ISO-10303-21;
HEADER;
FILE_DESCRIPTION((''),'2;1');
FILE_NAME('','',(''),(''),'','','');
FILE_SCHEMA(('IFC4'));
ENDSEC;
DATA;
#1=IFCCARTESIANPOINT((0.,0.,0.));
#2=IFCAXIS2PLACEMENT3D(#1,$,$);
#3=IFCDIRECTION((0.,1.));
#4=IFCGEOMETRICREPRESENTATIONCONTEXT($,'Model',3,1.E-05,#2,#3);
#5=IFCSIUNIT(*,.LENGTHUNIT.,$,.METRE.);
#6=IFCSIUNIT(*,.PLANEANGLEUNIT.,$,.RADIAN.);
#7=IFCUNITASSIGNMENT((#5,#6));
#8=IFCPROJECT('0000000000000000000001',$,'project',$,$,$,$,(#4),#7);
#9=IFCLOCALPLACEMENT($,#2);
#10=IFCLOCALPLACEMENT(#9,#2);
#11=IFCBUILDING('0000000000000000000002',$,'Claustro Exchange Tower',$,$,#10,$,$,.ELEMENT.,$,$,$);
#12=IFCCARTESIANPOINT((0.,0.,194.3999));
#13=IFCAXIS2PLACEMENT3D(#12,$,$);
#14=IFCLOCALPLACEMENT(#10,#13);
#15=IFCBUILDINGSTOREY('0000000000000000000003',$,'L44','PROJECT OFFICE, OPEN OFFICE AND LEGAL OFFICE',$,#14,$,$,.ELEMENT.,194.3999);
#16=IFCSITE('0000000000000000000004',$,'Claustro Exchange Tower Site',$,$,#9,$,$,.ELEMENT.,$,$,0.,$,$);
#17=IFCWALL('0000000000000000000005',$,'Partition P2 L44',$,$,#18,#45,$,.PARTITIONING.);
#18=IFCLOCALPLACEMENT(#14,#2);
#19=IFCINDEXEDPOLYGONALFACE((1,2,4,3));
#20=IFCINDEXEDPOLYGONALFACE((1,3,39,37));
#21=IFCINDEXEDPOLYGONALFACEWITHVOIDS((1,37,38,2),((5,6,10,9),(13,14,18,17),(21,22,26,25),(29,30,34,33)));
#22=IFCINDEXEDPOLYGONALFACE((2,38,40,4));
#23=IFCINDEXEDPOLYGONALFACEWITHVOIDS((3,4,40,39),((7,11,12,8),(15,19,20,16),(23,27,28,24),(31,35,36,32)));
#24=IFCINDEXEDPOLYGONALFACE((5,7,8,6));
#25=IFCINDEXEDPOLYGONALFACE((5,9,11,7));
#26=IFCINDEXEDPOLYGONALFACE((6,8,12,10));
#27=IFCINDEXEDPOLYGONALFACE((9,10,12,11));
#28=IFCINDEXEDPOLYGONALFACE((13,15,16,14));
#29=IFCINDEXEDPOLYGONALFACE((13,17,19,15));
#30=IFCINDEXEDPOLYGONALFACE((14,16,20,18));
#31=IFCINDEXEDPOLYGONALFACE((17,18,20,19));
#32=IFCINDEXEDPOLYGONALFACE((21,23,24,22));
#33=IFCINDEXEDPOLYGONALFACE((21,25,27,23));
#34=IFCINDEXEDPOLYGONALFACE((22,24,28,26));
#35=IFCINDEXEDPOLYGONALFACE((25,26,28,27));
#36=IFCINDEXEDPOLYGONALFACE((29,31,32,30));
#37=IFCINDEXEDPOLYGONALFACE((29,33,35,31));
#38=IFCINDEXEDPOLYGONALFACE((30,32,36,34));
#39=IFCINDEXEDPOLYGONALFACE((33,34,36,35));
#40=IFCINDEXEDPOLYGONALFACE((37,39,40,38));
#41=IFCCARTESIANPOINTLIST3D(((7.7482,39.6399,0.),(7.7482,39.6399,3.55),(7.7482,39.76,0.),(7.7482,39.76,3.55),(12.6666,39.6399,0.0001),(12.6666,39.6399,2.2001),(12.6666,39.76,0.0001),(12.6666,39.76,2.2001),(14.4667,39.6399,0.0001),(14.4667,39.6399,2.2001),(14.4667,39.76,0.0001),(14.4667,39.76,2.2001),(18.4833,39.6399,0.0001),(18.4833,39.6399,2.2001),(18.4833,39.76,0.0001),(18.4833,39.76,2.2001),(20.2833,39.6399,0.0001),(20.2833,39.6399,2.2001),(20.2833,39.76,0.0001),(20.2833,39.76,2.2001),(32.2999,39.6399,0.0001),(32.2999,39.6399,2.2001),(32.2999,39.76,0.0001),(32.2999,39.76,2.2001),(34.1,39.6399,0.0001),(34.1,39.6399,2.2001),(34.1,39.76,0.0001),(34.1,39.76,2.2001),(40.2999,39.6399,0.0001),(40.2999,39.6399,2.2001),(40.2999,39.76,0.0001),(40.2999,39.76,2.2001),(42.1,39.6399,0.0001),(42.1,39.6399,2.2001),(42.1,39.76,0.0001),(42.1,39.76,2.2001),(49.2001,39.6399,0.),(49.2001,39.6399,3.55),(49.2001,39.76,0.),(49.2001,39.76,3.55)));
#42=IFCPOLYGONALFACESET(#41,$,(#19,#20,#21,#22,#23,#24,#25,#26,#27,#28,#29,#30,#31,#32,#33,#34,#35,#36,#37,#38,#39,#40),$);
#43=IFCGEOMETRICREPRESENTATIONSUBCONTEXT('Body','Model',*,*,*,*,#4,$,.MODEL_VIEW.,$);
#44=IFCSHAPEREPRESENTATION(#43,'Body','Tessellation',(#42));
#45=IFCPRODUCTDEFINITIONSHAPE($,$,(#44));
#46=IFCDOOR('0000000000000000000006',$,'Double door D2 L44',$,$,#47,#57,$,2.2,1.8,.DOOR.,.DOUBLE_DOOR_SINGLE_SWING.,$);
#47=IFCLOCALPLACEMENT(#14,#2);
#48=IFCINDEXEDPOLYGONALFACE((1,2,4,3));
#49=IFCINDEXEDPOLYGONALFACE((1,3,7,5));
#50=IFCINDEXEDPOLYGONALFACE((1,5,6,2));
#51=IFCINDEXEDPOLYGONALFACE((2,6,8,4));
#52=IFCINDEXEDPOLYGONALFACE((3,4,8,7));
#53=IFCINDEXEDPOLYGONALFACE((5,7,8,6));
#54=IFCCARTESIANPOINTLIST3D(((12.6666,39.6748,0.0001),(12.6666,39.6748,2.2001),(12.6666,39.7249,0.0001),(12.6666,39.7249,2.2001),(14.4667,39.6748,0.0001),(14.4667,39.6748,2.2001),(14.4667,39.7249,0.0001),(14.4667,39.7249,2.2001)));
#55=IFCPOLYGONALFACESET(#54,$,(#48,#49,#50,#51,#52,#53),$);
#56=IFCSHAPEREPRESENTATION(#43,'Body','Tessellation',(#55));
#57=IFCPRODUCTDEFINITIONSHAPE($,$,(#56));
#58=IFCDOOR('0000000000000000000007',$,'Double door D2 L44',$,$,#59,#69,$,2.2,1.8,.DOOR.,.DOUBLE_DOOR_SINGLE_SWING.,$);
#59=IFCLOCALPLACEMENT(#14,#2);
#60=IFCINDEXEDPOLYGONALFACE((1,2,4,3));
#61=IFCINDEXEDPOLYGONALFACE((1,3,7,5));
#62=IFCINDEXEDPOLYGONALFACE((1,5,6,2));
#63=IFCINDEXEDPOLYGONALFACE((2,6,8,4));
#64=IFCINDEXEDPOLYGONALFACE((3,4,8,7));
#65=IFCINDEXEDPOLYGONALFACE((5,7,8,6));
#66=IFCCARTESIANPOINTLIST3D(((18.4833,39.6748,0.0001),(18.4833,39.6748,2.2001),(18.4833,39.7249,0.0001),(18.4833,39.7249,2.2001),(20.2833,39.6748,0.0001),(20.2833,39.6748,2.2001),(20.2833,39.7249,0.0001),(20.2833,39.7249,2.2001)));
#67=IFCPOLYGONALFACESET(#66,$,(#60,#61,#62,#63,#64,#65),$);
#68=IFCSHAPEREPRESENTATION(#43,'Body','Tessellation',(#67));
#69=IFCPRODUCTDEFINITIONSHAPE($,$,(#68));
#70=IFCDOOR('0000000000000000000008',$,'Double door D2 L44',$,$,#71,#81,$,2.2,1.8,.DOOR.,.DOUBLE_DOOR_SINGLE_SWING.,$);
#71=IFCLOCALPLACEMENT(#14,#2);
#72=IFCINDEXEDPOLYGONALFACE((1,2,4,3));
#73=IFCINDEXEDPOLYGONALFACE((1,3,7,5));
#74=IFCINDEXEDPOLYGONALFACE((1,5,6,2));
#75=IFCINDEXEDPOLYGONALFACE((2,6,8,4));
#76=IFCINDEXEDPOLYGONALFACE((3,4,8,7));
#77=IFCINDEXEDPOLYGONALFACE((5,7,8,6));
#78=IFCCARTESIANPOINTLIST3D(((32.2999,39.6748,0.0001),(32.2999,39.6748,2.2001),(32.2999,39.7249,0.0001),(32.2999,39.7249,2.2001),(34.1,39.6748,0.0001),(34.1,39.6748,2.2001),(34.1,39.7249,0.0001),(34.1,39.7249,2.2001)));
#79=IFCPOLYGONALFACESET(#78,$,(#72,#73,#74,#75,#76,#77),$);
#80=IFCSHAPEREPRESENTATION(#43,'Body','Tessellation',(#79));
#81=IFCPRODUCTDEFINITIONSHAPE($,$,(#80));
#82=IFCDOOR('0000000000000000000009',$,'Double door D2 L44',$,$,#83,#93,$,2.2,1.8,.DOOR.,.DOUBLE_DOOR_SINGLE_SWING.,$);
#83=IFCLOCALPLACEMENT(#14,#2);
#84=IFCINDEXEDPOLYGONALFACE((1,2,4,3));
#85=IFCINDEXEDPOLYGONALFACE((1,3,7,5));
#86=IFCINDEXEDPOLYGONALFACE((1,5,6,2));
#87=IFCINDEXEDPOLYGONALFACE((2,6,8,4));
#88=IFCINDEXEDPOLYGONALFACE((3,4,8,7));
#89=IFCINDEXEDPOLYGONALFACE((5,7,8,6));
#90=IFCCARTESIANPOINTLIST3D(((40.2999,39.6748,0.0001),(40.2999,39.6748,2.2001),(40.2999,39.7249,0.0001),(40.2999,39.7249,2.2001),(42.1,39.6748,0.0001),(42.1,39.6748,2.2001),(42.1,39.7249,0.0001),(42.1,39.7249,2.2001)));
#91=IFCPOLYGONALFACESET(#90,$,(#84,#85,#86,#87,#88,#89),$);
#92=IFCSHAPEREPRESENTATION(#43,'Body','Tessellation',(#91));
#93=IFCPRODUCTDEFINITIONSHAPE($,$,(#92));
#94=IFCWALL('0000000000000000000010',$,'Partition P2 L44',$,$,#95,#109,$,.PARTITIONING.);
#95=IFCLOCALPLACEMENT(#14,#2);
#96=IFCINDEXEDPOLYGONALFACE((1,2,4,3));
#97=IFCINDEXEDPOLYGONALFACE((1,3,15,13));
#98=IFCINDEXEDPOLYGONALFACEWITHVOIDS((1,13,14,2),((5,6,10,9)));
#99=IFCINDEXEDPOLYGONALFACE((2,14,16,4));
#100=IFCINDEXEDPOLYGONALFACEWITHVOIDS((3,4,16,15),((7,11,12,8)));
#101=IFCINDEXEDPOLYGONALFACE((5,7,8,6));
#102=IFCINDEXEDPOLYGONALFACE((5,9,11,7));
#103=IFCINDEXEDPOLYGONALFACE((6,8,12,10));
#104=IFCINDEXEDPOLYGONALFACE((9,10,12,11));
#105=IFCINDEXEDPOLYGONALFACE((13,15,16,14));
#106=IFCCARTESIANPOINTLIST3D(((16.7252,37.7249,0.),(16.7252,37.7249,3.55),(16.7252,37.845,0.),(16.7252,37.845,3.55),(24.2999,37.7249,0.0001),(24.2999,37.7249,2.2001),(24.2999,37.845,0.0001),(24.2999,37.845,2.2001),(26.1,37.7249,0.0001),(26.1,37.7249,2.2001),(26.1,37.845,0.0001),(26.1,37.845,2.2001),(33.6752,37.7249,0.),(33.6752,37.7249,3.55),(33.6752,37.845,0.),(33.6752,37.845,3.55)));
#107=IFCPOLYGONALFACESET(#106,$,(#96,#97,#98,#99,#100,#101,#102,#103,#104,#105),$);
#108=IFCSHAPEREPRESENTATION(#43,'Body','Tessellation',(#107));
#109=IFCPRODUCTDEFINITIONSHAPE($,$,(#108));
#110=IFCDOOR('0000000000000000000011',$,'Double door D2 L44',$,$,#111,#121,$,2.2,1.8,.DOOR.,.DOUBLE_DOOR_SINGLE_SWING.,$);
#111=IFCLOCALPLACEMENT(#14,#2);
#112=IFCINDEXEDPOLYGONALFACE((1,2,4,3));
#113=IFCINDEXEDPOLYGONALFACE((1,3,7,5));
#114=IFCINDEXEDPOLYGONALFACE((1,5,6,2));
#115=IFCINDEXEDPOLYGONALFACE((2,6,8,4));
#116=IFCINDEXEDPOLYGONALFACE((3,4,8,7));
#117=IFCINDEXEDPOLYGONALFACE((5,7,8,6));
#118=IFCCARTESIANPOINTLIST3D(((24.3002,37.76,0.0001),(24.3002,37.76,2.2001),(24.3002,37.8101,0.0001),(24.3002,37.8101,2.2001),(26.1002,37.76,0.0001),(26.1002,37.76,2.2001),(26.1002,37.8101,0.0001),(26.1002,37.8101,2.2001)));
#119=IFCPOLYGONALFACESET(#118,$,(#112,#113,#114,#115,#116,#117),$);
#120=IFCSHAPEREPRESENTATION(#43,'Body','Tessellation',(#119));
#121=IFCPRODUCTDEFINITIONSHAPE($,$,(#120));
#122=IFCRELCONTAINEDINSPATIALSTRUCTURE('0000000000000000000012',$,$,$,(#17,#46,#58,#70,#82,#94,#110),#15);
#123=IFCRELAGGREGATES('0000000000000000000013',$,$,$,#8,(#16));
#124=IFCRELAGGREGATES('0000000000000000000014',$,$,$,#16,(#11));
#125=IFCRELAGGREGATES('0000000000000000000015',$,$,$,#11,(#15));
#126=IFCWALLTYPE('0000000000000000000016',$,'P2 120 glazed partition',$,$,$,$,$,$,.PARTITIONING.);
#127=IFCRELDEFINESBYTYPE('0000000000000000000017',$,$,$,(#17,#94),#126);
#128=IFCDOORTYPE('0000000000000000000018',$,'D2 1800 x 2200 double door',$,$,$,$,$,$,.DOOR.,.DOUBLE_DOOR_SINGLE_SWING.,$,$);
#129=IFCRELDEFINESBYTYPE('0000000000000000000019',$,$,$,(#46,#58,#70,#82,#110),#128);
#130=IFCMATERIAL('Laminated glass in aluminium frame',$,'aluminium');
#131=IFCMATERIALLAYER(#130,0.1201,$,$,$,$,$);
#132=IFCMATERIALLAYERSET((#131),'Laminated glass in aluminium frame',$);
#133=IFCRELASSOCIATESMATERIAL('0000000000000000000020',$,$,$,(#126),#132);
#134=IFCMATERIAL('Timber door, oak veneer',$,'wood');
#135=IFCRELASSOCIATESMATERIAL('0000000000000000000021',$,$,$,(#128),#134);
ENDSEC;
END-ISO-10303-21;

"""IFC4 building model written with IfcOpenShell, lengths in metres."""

from ifc_helpers import new_model, si_unit, direction, frame, frame_2d, origin, place, context, subcontext, project, spatial, rectangle, extrude, material, layer, layer_set, type_object, element, fill, save


model = new_model("IFC4")

# Units and contexts
model_context = context("Model", 3, precision=1e-05, world=origin(), true_north=direction((0.0, 1.0)))
body_context = subcontext(model_context, "Body", "Model", "MODEL_VIEW")
ifc_project = project(units=[si_unit("LENGTHUNIT", "METRE"), si_unit("PLANEANGLEUNIT", "RADIAN")], contexts=[model_context])

# Site, building, storey
site_placement = place(None, origin())
site = spatial("IfcSite", under=ifc_project, at=site_placement, Name="Claustro Exchange Tower Site", CompositionType="ELEMENT", RefElevation=0.0)
building_placement = place(site_placement, origin())
building = spatial("IfcBuilding", under=site, at=building_placement, Name="Claustro Exchange Tower", CompositionType="ELEMENT")
storey_placement = place(building_placement, frame((0.0, 0.0, 194.3999)))
storey = spatial("IfcBuildingStorey", under=building, at=storey_placement, Name="L44", Description="PROJECT OFFICE, OPEN OFFICE AND LEGAL OFFICE", CompositionType="ELEMENT", Elevation=194.3999)

# Shared definitions
ifc_material_1 = material(Name="Laminated glass in aluminium frame", Category="aluminium")
ifc_layer_1 = layer(ifc_material_1, 0.1201)
ifc_layer_set_1 = layer_set([ifc_layer_1], Name="Laminated glass in aluminium frame")
wall_type_1 = type_object("IfcWallType", Name="P2 120 glazed partition", PredefinedType="PARTITIONING", material=ifc_layer_set_1)

# Wall, openings, doors
wall_1_placement = place(storey_placement, frame((7.748, 39.7, 0.0), z_axis=(0.0, 0.0, 1.0), x_axis=(1.0, 0.0, 0.0)))
wall_1 = element("IfcWall", 1, at=wall_1_placement, inside=storey, type_object=wall_type_1, Name="Partition P2 L44", PredefinedType="PARTITIONING", context=body_context, shape_type="SweptSolid", body=[
    extrude(rectangle(XDim=41.4519, YDim=0.1201, at=frame_2d((20.7261, 0.0))), origin(), (0.0, 0.0, 1.0), 3.55),
])
opening_1_placement = place(wall_1_placement, frame((4.9187, 0.0, 0.0)))
opening_1 = element("IfcOpeningElement", 2, at=opening_1_placement, cuts=wall_1, PredefinedType="OPENING", context=body_context, shape_type="SweptSolid", body=[
    extrude(rectangle(XDim=1.8, YDim=2.2, at=frame_2d((0.8999, 1.1001))), frame((0.0, 0.0701, 0.0), z_axis=(0.0, -1.0, 0.0), x_axis=(1.0, 0.0, 0.0)), (0.0, 0.0, 1.0), 0.1401),
])
opening_2_placement = place(wall_1_placement, frame((10.7354, 0.0, 0.0)))
opening_2 = element("IfcOpeningElement", 3, at=opening_2_placement, cuts=wall_1, PredefinedType="OPENING", context=body_context, shape_type="SweptSolid", body=[
    extrude(rectangle(XDim=1.8, YDim=2.2, at=frame_2d((0.8999, 1.1001))), frame((0.0, 0.0701, 0.0), z_axis=(0.0, -1.0, 0.0), x_axis=(1.0, 0.0, 0.0)), (0.0, 0.0, 1.0), 0.1401),
])
opening_3_placement = place(wall_1_placement, frame((24.552, 0.0, 0.0)))
opening_3 = element("IfcOpeningElement", 4, at=opening_3_placement, cuts=wall_1, PredefinedType="OPENING", context=body_context, shape_type="SweptSolid", body=[
    extrude(rectangle(XDim=1.8, YDim=2.2, at=frame_2d((0.8999, 1.1001))), frame((0.0, 0.0701, 0.0), z_axis=(0.0, -1.0, 0.0), x_axis=(1.0, 0.0, 0.0)), (0.0, 0.0, 1.0), 0.1401),
])
opening_4_placement = place(wall_1_placement, frame((32.552, 0.0, 0.0)))
opening_4 = element("IfcOpeningElement", 5, at=opening_4_placement, cuts=wall_1, PredefinedType="OPENING", context=body_context, shape_type="SweptSolid", body=[
    extrude(rectangle(XDim=1.8, YDim=2.2, at=frame_2d((0.8999, 1.1001))), frame((0.0, 0.0701, 0.0), z_axis=(0.0, -1.0, 0.0), x_axis=(1.0, 0.0, 0.0)), (0.0, 0.0, 1.0), 0.1401),
])
ifc_material_2 = material(Name="Timber door, oak veneer", Category="wood")
door_type = type_object("IfcDoorType", Name="D2 1800 x 2200 double door", OperationType="DOUBLE_DOOR_SINGLE_SWING", PredefinedType="DOOR", material=ifc_material_2)
door_1_placement = place(opening_1_placement, origin())
door_1 = element("IfcDoor", 6, at=door_1_placement, inside=storey, type_object=door_type, Name="Double door D2 L44", OperationType="DOUBLE_DOOR_SINGLE_SWING", OverallHeight=2.2, OverallWidth=1.8, PredefinedType="DOOR", context=body_context, shape_type="SweptSolid", body=[
    extrude(rectangle(XDim=1.8, YDim=2.2, at=frame_2d((0.8999, 1.1001))), frame((0.0, 0.0249, 0.0), z_axis=(0.0, -1.0, 0.0), x_axis=(1.0, 0.0, 0.0)), (0.0, 0.0, 1.0), 0.05),
])
fill(opening_1, door_1)
door_2_placement = place(opening_2_placement, origin())
door_2 = element("IfcDoor", 7, at=door_2_placement, inside=storey, type_object=door_type, Name="Double door D2 L44", OperationType="DOUBLE_DOOR_SINGLE_SWING", OverallHeight=2.2, OverallWidth=1.8, PredefinedType="DOOR", context=body_context, shape_type="SweptSolid", body=[
    extrude(rectangle(XDim=1.8, YDim=2.2, at=frame_2d((0.8999, 1.1001))), frame((0.0, 0.0249, 0.0), z_axis=(0.0, -1.0, 0.0), x_axis=(1.0, 0.0, 0.0)), (0.0, 0.0, 1.0), 0.05),
])
fill(opening_2, door_2)
door_3_placement = place(opening_3_placement, origin())
door_3 = element("IfcDoor", 8, at=door_3_placement, inside=storey, type_object=door_type, Name="Double door D2 L44", OperationType="DOUBLE_DOOR_SINGLE_SWING", OverallHeight=2.2, OverallWidth=1.8, PredefinedType="DOOR", context=body_context, shape_type="SweptSolid", body=[
    extrude(rectangle(XDim=1.8, YDim=2.2, at=frame_2d((0.8999, 1.1001))), frame((0.0, 0.0249, 0.0), z_axis=(0.0, -1.0, 0.0), x_axis=(1.0, 0.0, 0.0)), (0.0, 0.0, 1.0), 0.05),
])
fill(opening_3, door_3)
door_4_placement = place(opening_4_placement, origin())
door_4 = element("IfcDoor", 9, at=door_4_placement, inside=storey, type_object=door_type, Name="Double door D2 L44", OperationType="DOUBLE_DOOR_SINGLE_SWING", OverallHeight=2.2, OverallWidth=1.8, PredefinedType="DOOR", context=body_context, shape_type="SweptSolid", body=[
    extrude(rectangle(XDim=1.8, YDim=2.2, at=frame_2d((0.8999, 1.1001))), frame((0.0, 0.0249, 0.0), z_axis=(0.0, -1.0, 0.0), x_axis=(1.0, 0.0, 0.0)), (0.0, 0.0, 1.0), 0.05),
])
fill(opening_4, door_4)

# Wall, opening, door
wall_2_placement = place(storey_placement, frame((16.7251, 37.7849, 0.0), z_axis=(0.0, 0.0, 1.0), x_axis=(1.0, 0.0, 0.0)))
wall_2 = element("IfcWall", 10, at=wall_2_placement, inside=storey, type_object=wall_type_1, Name="Partition P2 L44", PredefinedType="PARTITIONING", context=body_context, shape_type="SweptSolid", body=[
    extrude(rectangle(XDim=16.95, YDim=0.1201, at=frame_2d((8.4751, 0.0))), origin(), (0.0, 0.0, 1.0), 3.55),
])
opening_5_placement = place(wall_2_placement, frame((7.575, 0.0, 0.0)))
opening_5 = element("IfcOpeningElement", 11, at=opening_5_placement, cuts=wall_2, PredefinedType="OPENING", context=body_context, shape_type="SweptSolid", body=[
    extrude(rectangle(XDim=1.8, YDim=2.2, at=frame_2d((0.8999, 1.1001))), frame((0.0, 0.0701, 0.0), z_axis=(0.0, -1.0, 0.0), x_axis=(1.0, 0.0, 0.0)), (0.0, 0.0, 1.0), 0.1401),
])
door_5_placement = place(opening_5_placement, frame((1.8, 0.0, 0.0), z_axis=(0.0, 0.0, 1.0), x_axis=(-1.0, 0.0, 0.0)))
door_5 = element("IfcDoor", 12, at=door_5_placement, inside=storey, type_object=door_type, Name="Double door D2 L44", OperationType="DOUBLE_DOOR_SINGLE_SWING", OverallHeight=2.2, OverallWidth=1.8, PredefinedType="DOOR", context=body_context, shape_type="SweptSolid", body=[
    extrude(rectangle(XDim=1.8, YDim=2.2, at=frame_2d((0.8999, 1.1001))), frame((0.0, 0.0249, 0.0), z_axis=(0.0, -1.0, 0.0), x_axis=(1.0, 0.0, 0.0)), (0.0, 0.0, 1.0), 0.05),
])
fill(opening_5, door_5)

save(model, "model.ifc")
